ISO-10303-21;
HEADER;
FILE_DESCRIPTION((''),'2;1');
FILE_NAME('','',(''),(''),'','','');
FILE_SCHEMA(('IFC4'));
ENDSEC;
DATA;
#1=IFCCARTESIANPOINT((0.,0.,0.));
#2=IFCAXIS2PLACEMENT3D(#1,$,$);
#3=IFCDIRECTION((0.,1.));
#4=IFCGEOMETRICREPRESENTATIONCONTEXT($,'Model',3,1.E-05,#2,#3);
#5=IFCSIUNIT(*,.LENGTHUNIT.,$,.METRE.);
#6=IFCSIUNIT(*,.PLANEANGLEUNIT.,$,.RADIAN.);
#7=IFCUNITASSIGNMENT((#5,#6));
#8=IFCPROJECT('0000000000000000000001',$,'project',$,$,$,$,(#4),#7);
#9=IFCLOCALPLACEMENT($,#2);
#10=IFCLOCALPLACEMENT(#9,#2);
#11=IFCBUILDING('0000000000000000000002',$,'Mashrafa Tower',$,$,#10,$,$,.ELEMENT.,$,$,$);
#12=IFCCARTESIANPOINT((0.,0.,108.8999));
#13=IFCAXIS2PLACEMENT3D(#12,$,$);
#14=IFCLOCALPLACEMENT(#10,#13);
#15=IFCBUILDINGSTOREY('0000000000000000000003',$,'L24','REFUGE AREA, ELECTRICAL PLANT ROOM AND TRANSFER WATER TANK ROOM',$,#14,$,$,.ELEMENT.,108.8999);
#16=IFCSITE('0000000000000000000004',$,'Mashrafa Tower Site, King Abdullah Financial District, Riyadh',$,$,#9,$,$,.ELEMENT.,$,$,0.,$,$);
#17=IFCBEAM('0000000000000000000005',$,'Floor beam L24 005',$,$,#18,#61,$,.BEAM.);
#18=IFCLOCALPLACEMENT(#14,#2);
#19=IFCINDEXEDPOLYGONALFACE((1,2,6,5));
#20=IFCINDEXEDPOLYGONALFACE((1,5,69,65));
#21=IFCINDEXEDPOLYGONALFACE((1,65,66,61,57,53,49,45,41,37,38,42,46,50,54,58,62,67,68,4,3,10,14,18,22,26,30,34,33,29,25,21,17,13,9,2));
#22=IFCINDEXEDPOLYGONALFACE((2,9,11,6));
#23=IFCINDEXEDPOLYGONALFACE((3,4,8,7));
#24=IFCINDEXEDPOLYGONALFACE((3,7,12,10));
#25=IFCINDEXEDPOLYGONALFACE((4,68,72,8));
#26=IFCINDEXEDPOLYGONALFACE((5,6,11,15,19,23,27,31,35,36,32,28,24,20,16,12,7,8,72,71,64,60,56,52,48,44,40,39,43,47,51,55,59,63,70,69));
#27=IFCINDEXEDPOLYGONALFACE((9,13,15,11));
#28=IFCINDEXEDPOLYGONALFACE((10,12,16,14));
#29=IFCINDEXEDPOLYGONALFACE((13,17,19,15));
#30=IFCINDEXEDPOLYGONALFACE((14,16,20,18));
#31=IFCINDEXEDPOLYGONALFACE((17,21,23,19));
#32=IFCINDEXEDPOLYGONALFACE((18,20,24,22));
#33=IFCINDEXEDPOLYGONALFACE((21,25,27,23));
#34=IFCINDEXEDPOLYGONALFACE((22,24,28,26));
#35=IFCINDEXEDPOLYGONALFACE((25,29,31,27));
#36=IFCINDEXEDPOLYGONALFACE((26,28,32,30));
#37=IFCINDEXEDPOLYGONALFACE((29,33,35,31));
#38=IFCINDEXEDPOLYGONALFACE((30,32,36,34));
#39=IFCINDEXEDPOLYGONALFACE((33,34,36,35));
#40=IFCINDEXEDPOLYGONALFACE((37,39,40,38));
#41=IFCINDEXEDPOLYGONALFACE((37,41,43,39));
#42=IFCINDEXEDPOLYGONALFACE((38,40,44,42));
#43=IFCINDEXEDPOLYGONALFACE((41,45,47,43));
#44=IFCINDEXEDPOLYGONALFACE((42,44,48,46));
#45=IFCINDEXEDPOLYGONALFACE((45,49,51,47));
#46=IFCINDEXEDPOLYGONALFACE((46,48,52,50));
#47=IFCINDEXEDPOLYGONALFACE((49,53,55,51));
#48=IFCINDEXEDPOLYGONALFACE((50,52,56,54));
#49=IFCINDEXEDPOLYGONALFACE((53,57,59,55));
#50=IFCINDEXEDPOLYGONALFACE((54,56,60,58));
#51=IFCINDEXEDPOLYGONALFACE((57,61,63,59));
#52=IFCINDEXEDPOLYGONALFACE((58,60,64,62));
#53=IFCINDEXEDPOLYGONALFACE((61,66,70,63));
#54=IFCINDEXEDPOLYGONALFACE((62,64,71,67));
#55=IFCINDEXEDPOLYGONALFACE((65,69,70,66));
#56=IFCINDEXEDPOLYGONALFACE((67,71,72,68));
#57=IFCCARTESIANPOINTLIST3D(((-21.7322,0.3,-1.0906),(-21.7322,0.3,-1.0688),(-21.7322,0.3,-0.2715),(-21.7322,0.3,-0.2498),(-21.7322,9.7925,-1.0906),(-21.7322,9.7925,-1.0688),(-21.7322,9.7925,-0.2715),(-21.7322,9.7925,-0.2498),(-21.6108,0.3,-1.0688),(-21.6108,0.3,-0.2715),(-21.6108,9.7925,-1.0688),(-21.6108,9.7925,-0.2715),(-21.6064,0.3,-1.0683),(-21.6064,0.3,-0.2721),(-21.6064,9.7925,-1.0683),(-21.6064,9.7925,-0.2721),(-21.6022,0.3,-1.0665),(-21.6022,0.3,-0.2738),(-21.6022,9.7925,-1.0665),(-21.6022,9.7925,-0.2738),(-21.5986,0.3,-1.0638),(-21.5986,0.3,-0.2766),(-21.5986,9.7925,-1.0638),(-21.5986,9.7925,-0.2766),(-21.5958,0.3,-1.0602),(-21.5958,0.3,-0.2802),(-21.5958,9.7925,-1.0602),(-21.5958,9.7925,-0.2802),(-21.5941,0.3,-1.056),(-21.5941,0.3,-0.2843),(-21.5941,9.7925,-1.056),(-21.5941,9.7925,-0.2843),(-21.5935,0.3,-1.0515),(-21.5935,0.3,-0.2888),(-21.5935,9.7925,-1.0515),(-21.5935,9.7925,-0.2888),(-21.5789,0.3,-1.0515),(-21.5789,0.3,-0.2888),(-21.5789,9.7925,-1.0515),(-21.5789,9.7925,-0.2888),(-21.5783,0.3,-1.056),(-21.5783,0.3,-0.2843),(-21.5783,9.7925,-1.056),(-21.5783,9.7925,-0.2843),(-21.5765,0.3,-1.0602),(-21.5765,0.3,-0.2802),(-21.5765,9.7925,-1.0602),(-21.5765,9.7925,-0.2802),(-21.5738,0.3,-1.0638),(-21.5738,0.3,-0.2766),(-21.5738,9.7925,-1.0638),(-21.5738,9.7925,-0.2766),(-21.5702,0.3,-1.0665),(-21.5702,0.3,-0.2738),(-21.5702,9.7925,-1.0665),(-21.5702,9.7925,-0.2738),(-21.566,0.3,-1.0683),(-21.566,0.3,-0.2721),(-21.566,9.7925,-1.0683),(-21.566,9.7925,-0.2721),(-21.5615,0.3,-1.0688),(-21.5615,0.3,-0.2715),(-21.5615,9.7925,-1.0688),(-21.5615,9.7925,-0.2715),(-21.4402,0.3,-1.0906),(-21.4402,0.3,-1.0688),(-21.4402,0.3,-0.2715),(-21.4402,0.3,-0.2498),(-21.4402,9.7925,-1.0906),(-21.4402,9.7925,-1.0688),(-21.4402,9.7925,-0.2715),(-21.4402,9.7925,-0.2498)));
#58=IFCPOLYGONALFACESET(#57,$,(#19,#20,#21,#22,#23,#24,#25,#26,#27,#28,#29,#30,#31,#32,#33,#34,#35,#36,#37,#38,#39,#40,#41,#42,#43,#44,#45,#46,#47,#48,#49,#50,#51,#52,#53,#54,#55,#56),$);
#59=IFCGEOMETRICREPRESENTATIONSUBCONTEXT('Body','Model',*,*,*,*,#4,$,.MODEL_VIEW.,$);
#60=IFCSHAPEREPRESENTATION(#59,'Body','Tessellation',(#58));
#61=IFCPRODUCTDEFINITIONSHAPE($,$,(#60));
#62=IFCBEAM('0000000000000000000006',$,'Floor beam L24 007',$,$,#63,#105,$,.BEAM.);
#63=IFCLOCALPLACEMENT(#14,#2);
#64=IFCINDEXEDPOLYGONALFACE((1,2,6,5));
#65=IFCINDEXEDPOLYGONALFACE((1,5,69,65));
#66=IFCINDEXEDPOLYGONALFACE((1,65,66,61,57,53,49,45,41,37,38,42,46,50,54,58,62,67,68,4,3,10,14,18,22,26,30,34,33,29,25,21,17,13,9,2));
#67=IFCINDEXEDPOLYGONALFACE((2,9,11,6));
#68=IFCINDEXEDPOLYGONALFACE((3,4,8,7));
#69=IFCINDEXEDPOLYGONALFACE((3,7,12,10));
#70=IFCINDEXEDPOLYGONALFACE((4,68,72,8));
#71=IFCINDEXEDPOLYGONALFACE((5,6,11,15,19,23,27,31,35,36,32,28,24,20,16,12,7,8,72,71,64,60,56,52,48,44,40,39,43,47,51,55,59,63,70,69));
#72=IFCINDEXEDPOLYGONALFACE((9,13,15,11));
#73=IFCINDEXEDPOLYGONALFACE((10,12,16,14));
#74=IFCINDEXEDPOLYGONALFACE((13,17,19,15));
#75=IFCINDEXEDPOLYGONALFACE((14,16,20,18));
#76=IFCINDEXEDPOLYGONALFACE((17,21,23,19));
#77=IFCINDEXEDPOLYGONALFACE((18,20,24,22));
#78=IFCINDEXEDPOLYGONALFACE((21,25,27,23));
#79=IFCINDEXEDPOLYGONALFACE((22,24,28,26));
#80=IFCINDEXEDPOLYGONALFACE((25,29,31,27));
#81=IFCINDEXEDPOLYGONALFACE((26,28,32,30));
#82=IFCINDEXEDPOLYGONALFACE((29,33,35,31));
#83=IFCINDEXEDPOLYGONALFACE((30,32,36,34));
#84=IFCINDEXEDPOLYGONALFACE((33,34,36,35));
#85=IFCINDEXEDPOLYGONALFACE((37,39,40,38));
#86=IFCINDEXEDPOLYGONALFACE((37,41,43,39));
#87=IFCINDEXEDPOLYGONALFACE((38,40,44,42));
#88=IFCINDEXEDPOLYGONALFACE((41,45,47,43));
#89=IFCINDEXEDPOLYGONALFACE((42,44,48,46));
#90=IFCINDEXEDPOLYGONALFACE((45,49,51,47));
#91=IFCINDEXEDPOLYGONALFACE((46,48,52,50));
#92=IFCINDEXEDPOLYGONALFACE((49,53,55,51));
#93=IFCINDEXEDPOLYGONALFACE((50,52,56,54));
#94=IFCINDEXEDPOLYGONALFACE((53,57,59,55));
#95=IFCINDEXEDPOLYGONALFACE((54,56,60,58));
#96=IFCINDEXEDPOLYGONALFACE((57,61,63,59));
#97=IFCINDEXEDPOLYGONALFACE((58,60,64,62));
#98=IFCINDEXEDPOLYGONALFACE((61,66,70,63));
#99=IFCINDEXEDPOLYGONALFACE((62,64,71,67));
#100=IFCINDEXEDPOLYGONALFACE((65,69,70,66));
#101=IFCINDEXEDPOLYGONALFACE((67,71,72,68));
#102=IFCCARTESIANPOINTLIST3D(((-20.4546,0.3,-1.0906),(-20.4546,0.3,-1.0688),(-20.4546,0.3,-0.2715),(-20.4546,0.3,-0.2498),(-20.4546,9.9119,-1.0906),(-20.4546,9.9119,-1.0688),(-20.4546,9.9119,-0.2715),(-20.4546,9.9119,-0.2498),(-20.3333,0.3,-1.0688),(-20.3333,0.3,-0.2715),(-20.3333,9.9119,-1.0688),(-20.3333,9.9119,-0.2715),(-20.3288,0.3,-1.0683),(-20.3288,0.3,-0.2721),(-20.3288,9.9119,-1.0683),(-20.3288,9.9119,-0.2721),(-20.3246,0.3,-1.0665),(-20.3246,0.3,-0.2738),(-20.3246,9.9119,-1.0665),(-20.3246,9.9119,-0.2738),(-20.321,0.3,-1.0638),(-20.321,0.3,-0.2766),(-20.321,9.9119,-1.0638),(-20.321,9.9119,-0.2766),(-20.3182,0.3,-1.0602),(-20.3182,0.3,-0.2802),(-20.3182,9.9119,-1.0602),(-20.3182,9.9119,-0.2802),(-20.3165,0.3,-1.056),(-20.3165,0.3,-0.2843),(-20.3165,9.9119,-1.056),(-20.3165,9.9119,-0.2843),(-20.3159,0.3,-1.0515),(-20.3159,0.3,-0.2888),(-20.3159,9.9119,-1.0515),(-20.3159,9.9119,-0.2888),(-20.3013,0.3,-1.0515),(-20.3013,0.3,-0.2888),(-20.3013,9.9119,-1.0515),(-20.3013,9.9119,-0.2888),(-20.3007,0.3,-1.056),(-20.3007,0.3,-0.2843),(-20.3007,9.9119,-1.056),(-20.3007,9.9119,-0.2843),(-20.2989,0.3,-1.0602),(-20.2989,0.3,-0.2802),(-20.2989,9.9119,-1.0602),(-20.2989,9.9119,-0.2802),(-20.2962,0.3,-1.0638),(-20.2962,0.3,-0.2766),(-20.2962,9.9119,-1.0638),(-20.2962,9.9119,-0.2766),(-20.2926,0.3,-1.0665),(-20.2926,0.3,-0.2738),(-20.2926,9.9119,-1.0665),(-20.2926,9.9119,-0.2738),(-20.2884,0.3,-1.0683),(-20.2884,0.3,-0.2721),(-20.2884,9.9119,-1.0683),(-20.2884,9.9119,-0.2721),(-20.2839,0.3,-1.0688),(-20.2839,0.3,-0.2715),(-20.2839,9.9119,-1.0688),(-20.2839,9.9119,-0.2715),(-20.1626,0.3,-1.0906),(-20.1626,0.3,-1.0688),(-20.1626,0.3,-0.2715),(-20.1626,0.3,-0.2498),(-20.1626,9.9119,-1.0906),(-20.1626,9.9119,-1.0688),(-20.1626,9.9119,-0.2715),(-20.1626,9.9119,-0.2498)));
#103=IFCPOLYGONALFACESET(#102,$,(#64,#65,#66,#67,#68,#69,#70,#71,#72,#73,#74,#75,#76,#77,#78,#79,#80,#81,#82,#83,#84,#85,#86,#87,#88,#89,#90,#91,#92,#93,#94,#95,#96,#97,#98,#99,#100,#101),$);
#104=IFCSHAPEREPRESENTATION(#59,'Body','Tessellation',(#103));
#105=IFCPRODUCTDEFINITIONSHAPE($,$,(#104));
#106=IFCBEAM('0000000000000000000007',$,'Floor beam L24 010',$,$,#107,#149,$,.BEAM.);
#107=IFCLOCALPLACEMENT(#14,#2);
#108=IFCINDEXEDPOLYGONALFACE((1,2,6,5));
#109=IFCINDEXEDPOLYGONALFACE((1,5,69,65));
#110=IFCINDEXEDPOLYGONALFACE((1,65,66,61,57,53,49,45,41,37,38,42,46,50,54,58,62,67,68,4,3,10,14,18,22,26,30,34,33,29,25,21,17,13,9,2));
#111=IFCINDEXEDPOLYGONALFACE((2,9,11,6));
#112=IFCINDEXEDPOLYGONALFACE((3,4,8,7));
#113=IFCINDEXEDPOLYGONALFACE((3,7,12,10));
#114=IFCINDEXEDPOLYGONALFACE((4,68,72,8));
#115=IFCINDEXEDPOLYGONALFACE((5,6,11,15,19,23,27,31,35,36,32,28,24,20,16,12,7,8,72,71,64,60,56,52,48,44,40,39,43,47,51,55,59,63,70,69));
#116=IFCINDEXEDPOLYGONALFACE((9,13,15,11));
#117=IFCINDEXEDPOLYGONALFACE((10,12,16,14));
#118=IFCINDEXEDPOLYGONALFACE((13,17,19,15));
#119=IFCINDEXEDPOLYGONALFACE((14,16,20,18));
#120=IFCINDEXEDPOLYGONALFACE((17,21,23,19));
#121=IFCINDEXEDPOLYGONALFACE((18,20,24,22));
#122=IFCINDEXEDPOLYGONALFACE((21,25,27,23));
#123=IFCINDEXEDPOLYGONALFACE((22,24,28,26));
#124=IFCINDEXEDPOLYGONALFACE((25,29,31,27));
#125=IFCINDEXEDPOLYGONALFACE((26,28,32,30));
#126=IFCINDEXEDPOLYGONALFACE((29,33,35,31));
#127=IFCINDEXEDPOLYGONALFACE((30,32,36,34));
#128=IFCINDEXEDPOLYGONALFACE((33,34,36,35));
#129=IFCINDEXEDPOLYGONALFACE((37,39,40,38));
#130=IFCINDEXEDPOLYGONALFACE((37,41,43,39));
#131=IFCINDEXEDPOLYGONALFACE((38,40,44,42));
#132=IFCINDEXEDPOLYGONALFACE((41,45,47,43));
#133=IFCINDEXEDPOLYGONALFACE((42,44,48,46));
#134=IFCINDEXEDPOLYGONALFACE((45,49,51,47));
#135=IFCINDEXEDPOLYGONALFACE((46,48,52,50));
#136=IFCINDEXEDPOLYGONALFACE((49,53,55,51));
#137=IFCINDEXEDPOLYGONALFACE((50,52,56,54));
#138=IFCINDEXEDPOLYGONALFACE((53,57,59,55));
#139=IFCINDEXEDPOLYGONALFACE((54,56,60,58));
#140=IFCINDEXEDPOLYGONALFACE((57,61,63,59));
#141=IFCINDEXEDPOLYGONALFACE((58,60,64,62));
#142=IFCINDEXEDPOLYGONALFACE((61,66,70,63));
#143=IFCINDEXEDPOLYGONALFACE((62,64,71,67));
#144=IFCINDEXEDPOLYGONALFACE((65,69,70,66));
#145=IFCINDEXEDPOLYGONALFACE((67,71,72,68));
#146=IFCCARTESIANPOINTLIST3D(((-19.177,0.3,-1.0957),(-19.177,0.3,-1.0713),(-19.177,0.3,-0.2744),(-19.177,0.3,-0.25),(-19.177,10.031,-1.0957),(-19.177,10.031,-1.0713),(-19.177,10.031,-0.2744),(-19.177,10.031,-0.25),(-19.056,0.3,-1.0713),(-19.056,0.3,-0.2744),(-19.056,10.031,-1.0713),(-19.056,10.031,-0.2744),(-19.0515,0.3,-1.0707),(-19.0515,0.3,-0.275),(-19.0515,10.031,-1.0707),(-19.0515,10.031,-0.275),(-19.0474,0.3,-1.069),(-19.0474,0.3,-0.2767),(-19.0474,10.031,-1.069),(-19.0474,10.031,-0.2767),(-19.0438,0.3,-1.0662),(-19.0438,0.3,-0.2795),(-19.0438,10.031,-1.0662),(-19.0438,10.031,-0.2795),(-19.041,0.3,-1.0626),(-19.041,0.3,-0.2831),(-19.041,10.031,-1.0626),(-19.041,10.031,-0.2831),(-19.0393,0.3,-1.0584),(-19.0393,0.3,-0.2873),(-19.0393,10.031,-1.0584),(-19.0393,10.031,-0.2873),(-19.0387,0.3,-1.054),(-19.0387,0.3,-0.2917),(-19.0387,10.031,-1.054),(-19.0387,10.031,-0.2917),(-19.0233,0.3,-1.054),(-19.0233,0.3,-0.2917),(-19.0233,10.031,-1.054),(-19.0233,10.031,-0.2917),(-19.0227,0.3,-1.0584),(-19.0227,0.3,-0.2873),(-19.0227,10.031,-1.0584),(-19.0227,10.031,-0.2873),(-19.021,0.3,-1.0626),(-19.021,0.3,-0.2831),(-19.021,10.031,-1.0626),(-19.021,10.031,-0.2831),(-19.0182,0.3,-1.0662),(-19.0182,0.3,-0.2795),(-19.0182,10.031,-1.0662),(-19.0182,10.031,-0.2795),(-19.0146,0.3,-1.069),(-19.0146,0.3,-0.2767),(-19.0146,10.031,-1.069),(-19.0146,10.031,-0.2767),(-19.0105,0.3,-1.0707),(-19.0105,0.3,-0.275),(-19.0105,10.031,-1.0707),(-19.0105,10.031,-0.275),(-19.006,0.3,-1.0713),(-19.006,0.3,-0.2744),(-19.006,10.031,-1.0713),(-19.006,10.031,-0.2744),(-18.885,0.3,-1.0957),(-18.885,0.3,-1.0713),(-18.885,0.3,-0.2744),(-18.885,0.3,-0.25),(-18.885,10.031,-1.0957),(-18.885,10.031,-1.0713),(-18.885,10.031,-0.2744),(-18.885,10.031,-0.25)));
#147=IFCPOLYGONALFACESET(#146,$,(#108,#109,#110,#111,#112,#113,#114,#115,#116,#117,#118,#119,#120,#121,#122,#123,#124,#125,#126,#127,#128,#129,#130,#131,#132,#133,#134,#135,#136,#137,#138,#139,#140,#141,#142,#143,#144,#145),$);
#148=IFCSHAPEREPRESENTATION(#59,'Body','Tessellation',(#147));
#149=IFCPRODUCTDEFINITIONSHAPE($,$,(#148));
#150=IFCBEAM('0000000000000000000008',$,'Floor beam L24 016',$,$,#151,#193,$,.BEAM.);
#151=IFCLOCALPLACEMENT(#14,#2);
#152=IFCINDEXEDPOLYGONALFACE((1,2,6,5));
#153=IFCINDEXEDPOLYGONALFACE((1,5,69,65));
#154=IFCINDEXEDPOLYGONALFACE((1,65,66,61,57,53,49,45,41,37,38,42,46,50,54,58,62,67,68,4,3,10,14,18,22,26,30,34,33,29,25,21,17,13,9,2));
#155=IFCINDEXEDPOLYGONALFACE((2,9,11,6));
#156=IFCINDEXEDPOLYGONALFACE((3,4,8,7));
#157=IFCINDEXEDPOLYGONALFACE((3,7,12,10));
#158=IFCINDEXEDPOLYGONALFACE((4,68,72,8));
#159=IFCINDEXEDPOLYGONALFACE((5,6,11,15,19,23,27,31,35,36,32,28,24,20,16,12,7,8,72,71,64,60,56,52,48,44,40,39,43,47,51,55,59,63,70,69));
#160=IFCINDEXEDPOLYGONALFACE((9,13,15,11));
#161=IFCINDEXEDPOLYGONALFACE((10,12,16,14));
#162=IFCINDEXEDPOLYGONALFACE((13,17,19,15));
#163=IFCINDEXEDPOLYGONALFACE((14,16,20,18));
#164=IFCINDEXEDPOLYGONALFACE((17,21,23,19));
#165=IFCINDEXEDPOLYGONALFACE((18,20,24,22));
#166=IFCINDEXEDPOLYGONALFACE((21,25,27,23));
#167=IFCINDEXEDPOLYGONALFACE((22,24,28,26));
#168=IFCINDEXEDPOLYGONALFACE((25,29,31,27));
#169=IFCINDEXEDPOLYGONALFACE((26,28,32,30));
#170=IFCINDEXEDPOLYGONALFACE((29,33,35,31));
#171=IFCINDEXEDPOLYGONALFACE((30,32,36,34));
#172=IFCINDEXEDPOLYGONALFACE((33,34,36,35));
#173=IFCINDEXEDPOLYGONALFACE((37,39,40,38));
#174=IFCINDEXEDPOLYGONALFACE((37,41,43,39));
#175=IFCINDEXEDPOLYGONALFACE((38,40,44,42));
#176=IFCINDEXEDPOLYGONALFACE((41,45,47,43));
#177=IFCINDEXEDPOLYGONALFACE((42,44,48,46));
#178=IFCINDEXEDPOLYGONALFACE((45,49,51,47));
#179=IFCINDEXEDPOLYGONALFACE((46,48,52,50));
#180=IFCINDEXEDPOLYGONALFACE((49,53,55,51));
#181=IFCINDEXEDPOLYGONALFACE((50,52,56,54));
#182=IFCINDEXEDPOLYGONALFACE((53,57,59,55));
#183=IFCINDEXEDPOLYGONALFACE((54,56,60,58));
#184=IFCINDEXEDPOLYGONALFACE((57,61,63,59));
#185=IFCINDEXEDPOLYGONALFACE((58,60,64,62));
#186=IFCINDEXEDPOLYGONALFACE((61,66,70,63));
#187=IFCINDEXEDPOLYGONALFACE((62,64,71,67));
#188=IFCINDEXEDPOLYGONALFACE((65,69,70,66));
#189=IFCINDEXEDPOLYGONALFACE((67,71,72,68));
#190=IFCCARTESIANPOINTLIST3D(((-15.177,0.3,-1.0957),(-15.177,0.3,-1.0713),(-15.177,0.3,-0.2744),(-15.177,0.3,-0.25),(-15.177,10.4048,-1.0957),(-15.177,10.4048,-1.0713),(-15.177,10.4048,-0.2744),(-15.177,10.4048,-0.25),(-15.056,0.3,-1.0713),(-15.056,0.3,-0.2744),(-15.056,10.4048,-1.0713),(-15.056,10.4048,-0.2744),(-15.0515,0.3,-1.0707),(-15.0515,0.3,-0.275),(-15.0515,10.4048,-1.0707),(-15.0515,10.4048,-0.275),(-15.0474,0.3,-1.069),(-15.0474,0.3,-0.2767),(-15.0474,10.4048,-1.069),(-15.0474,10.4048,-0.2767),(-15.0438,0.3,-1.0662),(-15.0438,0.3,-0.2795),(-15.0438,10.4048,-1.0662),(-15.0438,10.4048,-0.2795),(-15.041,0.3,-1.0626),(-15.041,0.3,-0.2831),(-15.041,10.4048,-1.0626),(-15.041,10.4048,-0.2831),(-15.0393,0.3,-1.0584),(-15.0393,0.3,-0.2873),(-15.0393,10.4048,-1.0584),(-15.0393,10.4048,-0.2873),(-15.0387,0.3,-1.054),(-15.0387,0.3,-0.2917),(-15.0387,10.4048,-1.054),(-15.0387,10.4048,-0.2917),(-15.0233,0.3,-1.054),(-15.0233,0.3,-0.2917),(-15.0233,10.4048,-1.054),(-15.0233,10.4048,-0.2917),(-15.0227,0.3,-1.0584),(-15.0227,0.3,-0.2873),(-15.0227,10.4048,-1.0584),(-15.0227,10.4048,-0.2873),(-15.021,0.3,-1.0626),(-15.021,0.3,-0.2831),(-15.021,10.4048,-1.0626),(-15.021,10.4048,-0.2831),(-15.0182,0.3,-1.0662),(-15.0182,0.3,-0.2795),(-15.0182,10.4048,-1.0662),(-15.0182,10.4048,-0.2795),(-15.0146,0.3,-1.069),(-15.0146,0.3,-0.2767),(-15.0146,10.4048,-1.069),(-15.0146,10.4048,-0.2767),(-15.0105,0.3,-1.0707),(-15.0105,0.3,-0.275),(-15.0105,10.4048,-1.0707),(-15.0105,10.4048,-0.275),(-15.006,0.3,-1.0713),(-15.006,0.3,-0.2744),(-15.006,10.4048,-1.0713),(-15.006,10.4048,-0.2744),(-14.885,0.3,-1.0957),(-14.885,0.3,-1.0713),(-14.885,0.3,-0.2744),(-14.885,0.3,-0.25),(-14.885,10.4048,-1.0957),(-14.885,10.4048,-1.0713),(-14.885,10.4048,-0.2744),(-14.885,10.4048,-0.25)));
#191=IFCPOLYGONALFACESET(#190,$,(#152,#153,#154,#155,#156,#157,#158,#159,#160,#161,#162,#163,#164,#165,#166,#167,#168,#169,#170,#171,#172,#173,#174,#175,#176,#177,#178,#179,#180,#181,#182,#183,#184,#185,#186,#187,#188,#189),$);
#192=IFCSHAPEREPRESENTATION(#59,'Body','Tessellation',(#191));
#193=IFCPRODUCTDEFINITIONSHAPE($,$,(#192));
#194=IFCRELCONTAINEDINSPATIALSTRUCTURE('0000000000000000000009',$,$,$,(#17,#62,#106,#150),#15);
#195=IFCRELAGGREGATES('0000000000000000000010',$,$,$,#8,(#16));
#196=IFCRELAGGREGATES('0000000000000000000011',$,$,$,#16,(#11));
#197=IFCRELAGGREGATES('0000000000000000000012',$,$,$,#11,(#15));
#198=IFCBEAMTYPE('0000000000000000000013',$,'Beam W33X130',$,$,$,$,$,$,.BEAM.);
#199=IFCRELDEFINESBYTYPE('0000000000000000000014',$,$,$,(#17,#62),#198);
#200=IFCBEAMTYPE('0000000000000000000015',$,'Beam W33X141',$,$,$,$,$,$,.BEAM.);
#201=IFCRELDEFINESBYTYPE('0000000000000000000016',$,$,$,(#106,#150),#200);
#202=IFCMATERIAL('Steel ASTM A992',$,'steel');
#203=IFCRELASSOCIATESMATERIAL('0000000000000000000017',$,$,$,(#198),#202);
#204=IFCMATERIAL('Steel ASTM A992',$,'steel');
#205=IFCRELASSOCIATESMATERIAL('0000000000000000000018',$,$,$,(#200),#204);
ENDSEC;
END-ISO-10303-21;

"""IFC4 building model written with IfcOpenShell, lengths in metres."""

from ifc_helpers import new_model, si_unit, direction, frame, origin, origin_2d, place, context, subcontext, project, spatial, i_section, extrude, material, material_profile, profile_set, type_object, element, save


model = new_model("IFC4")

# Units and contexts
model_context = context("Model", 3, precision=1e-05, world=origin(), true_north=direction((0.0, 1.0)))
body_context = subcontext(model_context, "Body", "Model", "MODEL_VIEW")
ifc_project = project(units=[si_unit("LENGTHUNIT", "METRE"), si_unit("PLANEANGLEUNIT", "RADIAN")], contexts=[model_context])

# Site, building, storey
site_placement = place(None, origin())
site = spatial("IfcSite", under=ifc_project, at=site_placement, Name="Mashrafa Tower Site, King Abdullah Financial District, Riyadh", CompositionType="ELEMENT", RefElevation=0.0)
building_placement = place(site_placement, origin())
building = spatial("IfcBuilding", under=site, at=building_placement, Name="Mashrafa Tower", CompositionType="ELEMENT")
storey_placement = place(building_placement, frame((0.0, 0.0, 108.8999)))
storey = spatial("IfcBuildingStorey", under=building, at=storey_placement, Name="L24", Description="REFUGE AREA, ELECTRICAL PLANT ROOM AND TRANSFER WATER TANK ROOM", CompositionType="ELEMENT", Elevation=108.8999)

# Beams
ifc_material_1 = material(Name="Steel ASTM A992", Category="steel")
ifc_material_profile_1 = material_profile(ifc_material_1, i_section(OverallWidth=0.292, OverallDepth=0.8408, WebThickness=0.0146, FlangeThickness=0.0217, FilletRadius=0.0173, at=origin_2d()), Name="W33X130")
ifc_profile_set_1 = profile_set([ifc_material_profile_1], Name="Steel ASTM A992")
beam_type_1 = type_object("IfcBeamType", Name="Beam W33X130", PredefinedType="BEAM", material=ifc_profile_set_1)
beam_1_placement = place(storey_placement, frame((-21.5862, 0.3, -0.6702), z_axis=(0.0, 1.0, 0.0), x_axis=(-1.0, 0.0, 0.0)))
element("IfcBeam", 1, at=beam_1_placement, inside=storey, type_object=beam_type_1, Name="Floor beam L24 005", PredefinedType="BEAM", context=body_context, shape_type="SweptSolid", body=[
    extrude(i_section(OverallWidth=0.292, OverallDepth=0.8408, WebThickness=0.0146, FlangeThickness=0.0217, FilletRadius=0.0173, at=origin_2d()), origin(), (0.0, 0.0, 1.0), 9.4924),
])
beam_2_placement = place(storey_placement, frame((-20.3086, 0.3, -0.6702), z_axis=(0.0, 1.0, 0.0), x_axis=(-1.0, 0.0, 0.0)))
element("IfcBeam", 2, at=beam_2_placement, inside=storey, type_object=beam_type_1, Name="Floor beam L24 007", PredefinedType="BEAM", context=body_context, shape_type="SweptSolid", body=[
    extrude(i_section(OverallWidth=0.292, OverallDepth=0.8408, WebThickness=0.0146, FlangeThickness=0.0217, FilletRadius=0.0173, at=origin_2d()), origin(), (0.0, 0.0, 1.0), 9.6118),
])
ifc_material_2 = material(Name="Steel ASTM A992", Category="steel")
ifc_material_profile_2 = material_profile(ifc_material_2, i_section(OverallWidth=0.292, OverallDepth=0.8457, WebThickness=0.0154, FlangeThickness=0.0244, FilletRadius=0.0173, at=origin_2d()), Name="W33X141")
ifc_profile_set_2 = profile_set([ifc_material_profile_2], Name="Steel ASTM A992")
beam_type_2 = type_object("IfcBeamType", Name="Beam W33X141", PredefinedType="BEAM", material=ifc_profile_set_2)
beam_3_placement = place(storey_placement, frame((-19.031, 0.3, -0.6729), z_axis=(0.0, 1.0, 0.0), x_axis=(-1.0, 0.0, 0.0)))
element("IfcBeam", 3, at=beam_3_placement, inside=storey, type_object=beam_type_2, Name="Floor beam L24 010", PredefinedType="BEAM", context=body_context, shape_type="SweptSolid", body=[
    extrude(i_section(OverallWidth=0.292, OverallDepth=0.8457, WebThickness=0.0154, FlangeThickness=0.0244, FilletRadius=0.0173, at=origin_2d()), origin(), (0.0, 0.0, 1.0), 9.731),
])
beam_4_placement = place(storey_placement, frame((-15.031, 0.3, -0.6729), z_axis=(0.0, 1.0, 0.0), x_axis=(-1.0, 0.0, 0.0)))
element("IfcBeam", 4, at=beam_4_placement, inside=storey, type_object=beam_type_2, Name="Floor beam L24 016", PredefinedType="BEAM", context=body_context, shape_type="SweptSolid", body=[
    extrude(i_section(OverallWidth=0.292, OverallDepth=0.8457, WebThickness=0.0154, FlangeThickness=0.0244, FilletRadius=0.0173, at=origin_2d()), origin(), (0.0, 0.0, 1.0), 10.1047),
])

save(model, "model.ifc")
